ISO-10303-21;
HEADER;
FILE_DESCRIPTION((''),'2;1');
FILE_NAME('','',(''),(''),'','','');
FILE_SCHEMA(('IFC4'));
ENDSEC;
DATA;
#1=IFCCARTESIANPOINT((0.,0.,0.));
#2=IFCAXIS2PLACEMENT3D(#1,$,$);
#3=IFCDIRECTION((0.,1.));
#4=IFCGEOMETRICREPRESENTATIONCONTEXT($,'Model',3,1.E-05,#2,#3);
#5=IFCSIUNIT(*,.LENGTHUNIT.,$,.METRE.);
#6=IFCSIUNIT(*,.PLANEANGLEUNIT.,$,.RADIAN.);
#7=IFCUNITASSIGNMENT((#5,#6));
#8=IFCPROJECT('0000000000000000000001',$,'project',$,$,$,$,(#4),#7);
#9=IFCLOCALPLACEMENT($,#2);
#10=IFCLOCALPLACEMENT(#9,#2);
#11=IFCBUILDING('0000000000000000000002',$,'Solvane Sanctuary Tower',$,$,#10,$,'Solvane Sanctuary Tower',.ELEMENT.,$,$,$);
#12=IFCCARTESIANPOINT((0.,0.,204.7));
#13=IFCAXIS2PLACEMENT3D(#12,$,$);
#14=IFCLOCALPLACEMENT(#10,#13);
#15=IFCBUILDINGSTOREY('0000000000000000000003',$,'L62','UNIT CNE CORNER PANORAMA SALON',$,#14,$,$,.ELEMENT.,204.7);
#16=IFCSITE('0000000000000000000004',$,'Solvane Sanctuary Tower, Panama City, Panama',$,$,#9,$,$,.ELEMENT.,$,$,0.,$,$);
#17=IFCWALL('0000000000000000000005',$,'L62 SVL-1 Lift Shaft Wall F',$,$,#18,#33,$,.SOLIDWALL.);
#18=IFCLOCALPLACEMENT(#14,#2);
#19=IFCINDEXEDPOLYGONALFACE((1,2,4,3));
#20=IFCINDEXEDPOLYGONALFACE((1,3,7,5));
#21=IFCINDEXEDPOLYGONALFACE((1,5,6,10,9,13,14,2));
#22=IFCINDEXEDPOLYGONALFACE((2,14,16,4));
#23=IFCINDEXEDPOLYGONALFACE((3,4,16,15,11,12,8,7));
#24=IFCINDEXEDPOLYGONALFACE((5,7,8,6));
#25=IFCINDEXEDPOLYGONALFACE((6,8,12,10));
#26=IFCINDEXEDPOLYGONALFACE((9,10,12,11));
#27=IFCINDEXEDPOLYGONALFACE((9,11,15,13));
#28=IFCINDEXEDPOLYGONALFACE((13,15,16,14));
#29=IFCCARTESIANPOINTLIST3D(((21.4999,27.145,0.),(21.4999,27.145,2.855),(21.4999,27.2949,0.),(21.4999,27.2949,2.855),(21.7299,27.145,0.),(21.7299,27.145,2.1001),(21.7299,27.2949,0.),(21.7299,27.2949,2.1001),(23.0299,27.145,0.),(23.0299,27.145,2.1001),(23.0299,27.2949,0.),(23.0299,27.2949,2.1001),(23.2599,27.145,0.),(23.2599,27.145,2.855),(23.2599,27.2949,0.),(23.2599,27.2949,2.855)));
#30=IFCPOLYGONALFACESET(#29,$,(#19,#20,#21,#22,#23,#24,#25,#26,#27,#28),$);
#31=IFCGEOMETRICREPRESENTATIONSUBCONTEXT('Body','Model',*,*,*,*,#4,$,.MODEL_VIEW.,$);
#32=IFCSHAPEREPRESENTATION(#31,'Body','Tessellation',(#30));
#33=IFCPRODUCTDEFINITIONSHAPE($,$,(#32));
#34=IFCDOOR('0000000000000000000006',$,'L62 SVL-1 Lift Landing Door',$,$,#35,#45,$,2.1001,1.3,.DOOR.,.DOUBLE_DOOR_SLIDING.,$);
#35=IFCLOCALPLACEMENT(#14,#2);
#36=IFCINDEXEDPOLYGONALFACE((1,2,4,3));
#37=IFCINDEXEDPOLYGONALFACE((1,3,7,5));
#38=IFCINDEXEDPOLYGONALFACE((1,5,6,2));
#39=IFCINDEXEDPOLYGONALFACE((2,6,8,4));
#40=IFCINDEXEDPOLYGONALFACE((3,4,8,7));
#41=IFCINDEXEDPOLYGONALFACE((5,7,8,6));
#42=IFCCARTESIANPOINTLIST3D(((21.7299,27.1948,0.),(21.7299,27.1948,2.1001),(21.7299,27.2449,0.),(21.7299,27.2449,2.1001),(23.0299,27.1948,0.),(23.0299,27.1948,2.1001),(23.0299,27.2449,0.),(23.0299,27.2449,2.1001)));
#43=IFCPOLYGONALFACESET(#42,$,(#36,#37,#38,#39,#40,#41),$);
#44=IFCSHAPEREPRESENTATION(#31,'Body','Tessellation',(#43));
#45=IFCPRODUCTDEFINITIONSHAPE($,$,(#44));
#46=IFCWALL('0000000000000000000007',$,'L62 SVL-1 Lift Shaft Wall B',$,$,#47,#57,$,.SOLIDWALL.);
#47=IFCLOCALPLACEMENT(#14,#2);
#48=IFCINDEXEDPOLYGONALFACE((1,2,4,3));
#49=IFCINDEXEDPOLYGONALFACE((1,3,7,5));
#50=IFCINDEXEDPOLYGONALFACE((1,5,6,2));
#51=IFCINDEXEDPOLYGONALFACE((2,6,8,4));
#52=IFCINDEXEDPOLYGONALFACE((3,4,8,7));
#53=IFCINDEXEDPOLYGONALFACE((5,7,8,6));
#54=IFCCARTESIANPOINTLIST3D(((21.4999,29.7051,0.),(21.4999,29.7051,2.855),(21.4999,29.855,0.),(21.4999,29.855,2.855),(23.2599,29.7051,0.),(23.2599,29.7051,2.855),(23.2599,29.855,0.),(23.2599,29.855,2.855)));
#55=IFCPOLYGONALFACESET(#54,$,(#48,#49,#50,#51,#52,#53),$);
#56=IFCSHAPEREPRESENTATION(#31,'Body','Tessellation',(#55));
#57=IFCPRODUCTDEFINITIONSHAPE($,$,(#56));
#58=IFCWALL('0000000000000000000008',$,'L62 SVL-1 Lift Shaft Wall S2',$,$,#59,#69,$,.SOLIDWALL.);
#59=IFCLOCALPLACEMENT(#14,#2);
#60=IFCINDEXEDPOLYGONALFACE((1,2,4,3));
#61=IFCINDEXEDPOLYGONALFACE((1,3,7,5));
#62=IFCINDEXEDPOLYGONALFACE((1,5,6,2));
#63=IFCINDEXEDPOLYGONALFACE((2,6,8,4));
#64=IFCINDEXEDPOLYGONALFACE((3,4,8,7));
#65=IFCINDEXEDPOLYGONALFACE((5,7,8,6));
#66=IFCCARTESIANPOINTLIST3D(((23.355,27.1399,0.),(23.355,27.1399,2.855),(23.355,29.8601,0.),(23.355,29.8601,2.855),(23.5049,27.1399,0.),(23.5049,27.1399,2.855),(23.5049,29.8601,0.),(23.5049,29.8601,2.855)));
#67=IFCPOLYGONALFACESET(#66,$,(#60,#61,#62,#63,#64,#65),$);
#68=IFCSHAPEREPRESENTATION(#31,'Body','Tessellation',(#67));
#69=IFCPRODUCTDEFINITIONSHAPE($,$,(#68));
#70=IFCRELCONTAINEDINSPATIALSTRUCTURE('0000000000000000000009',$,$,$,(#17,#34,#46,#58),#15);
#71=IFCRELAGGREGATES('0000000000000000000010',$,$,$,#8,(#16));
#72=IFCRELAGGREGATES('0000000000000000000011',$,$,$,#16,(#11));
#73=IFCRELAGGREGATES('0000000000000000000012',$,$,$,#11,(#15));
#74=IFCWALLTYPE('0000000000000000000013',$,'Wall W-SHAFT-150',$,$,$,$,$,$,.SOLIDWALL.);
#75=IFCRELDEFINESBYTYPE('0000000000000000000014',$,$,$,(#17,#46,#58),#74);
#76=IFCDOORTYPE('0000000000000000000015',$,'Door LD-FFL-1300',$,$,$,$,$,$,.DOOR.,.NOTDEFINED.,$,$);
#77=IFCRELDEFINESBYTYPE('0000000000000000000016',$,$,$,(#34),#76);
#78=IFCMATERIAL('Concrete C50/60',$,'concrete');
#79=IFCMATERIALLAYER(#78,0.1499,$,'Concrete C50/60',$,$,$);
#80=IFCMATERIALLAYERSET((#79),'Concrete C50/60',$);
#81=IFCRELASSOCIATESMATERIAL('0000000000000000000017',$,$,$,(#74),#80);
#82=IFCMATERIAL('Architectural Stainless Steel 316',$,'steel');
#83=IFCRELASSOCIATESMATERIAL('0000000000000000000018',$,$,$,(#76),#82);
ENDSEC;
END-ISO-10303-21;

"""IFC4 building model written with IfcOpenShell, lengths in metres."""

from ifc_helpers import new_model, si_unit, direction, frame, frame_2d, origin, place, context, subcontext, project, spatial, rectangle, extrude, material, layer, layer_set, type_object, element, fill, save


model = new_model("IFC4")

# Units and contexts
model_context = context("Model", 3, precision=1e-05, world=origin(), true_north=direction((0.0, 1.0)))
body_context = subcontext(model_context, "Body", "Model", "MODEL_VIEW")
ifc_project = project(units=[si_unit("LENGTHUNIT", "METRE"), si_unit("PLANEANGLEUNIT", "RADIAN")], contexts=[model_context])

# Site, building, storey
site_placement = place(None, origin())
site = spatial("IfcSite", under=ifc_project, at=site_placement, Name="Solvane Sanctuary Tower, Panama City, Panama", CompositionType="ELEMENT", RefElevation=0.0)
building_placement = place(site_placement, origin())
building = spatial("IfcBuilding", under=site, at=building_placement, Name="Solvane Sanctuary Tower", LongName="Solvane Sanctuary Tower", CompositionType="ELEMENT")
storey_placement = place(building_placement, frame((0.0, 0.0, 204.7)))
storey = spatial("IfcBuildingStorey", under=building, at=storey_placement, Name="L62", Description="UNIT CNE CORNER PANORAMA SALON", CompositionType="ELEMENT", Elevation=204.7)

# Shared definitions
ifc_material_1 = material(Name="Concrete C50/60", Category="concrete")

# Shared definitions
ifc_material_2 = material(Name="Architectural Stainless Steel 316", Category="steel")

# Shared definitions
ifc_layer_1 = layer(ifc_material_1, 0.1499, Name="Concrete C50/60")
ifc_layer_set_1 = layer_set([ifc_layer_1], Name="Concrete C50/60")
wall_type_1 = type_object("IfcWallType", Name="Wall W-SHAFT-150", PredefinedType="SOLIDWALL", material=ifc_layer_set_1)

# Wall, opening, door
wall_1_placement = place(storey_placement, frame((21.5, 27.22, 0.0), z_axis=(0.0, 0.0, 1.0), x_axis=(1.0, 0.0, 0.0)))
wall_1 = element("IfcWall", 1, at=wall_1_placement, inside=storey, type_object=wall_type_1, Name="L62 SVL-1 Lift Shaft Wall F", PredefinedType="SOLIDWALL", context=body_context, shape_type="SweptSolid", body=[
    extrude(rectangle(XDim=1.76, YDim=0.1499, at=frame_2d((0.8799, 0.0))), origin(), (0.0, 0.0, 1.0), 2.855),
])
opening_1_placement = place(wall_1_placement, frame((0.23, 0.0, 0.0)))
opening_1 = element("IfcOpeningElement", 2, at=opening_1_placement, cuts=wall_1, PredefinedType="OPENING", context=body_context, shape_type="SweptSolid", body=[
    extrude(rectangle(XDim=1.3, YDim=2.1001, at=frame_2d((0.6499, 1.05))), frame((0.0, 0.085, 0.0), z_axis=(0.0, -1.0, 0.0), x_axis=(1.0, 0.0, 0.0)), (0.0, 0.0, 1.0), 0.1699),
])
door_type_1 = type_object("IfcDoorType", Name="Door LD-FFL-1300", OperationType="NOTDEFINED", PredefinedType="DOOR", material=ifc_material_2)
door_1_placement = place(opening_1_placement, origin())
door_1 = element("IfcDoor", 3, at=door_1_placement, inside=storey, type_object=door_type_1, Name="L62 SVL-1 Lift Landing Door", OperationType="DOUBLE_DOOR_SLIDING", OverallHeight=2.1001, OverallWidth=1.3, PredefinedType="DOOR", context=body_context, shape_type="SweptSolid", body=[
    extrude(rectangle(XDim=1.3, YDim=2.1001, at=frame_2d((0.6499, 1.05))), frame((0.0, 0.0249, 0.0), z_axis=(0.0, -1.0, 0.0), x_axis=(1.0, 0.0, 0.0)), (0.0, 0.0, 1.0), 0.05),
])
fill(opening_1, door_1)

# Walls
wall_2_placement = place(storey_placement, frame((21.5, 29.78, 0.0), z_axis=(0.0, 0.0, 1.0), x_axis=(1.0, 0.0, 0.0)))
element("IfcWall", 4, at=wall_2_placement, inside=storey, type_object=wall_type_1, Name="L62 SVL-1 Lift Shaft Wall B", PredefinedType="SOLIDWALL", context=body_context, shape_type="SweptSolid", body=[
    extrude(rectangle(XDim=1.76, YDim=0.1499, at=frame_2d((0.8799, 0.0))), origin(), (0.0, 0.0, 1.0), 2.855),
])
wall_3_placement = place(storey_placement, frame((23.4299, 27.1399, 0.0), z_axis=(0.0, 0.0, 1.0), x_axis=(0.0, 1.0, 0.0)))
element("IfcWall", 5, at=wall_3_placement, inside=storey, type_object=wall_type_1, Name="L62 SVL-1 Lift Shaft Wall S2", PredefinedType="SOLIDWALL", context=body_context, shape_type="SweptSolid", body=[
    extrude(rectangle(XDim=2.7202, YDim=0.1499, at=frame_2d((1.3601, 0.0))), origin(), (0.0, 0.0, 1.0), 2.855),
])

save(model, "model.ifc")
